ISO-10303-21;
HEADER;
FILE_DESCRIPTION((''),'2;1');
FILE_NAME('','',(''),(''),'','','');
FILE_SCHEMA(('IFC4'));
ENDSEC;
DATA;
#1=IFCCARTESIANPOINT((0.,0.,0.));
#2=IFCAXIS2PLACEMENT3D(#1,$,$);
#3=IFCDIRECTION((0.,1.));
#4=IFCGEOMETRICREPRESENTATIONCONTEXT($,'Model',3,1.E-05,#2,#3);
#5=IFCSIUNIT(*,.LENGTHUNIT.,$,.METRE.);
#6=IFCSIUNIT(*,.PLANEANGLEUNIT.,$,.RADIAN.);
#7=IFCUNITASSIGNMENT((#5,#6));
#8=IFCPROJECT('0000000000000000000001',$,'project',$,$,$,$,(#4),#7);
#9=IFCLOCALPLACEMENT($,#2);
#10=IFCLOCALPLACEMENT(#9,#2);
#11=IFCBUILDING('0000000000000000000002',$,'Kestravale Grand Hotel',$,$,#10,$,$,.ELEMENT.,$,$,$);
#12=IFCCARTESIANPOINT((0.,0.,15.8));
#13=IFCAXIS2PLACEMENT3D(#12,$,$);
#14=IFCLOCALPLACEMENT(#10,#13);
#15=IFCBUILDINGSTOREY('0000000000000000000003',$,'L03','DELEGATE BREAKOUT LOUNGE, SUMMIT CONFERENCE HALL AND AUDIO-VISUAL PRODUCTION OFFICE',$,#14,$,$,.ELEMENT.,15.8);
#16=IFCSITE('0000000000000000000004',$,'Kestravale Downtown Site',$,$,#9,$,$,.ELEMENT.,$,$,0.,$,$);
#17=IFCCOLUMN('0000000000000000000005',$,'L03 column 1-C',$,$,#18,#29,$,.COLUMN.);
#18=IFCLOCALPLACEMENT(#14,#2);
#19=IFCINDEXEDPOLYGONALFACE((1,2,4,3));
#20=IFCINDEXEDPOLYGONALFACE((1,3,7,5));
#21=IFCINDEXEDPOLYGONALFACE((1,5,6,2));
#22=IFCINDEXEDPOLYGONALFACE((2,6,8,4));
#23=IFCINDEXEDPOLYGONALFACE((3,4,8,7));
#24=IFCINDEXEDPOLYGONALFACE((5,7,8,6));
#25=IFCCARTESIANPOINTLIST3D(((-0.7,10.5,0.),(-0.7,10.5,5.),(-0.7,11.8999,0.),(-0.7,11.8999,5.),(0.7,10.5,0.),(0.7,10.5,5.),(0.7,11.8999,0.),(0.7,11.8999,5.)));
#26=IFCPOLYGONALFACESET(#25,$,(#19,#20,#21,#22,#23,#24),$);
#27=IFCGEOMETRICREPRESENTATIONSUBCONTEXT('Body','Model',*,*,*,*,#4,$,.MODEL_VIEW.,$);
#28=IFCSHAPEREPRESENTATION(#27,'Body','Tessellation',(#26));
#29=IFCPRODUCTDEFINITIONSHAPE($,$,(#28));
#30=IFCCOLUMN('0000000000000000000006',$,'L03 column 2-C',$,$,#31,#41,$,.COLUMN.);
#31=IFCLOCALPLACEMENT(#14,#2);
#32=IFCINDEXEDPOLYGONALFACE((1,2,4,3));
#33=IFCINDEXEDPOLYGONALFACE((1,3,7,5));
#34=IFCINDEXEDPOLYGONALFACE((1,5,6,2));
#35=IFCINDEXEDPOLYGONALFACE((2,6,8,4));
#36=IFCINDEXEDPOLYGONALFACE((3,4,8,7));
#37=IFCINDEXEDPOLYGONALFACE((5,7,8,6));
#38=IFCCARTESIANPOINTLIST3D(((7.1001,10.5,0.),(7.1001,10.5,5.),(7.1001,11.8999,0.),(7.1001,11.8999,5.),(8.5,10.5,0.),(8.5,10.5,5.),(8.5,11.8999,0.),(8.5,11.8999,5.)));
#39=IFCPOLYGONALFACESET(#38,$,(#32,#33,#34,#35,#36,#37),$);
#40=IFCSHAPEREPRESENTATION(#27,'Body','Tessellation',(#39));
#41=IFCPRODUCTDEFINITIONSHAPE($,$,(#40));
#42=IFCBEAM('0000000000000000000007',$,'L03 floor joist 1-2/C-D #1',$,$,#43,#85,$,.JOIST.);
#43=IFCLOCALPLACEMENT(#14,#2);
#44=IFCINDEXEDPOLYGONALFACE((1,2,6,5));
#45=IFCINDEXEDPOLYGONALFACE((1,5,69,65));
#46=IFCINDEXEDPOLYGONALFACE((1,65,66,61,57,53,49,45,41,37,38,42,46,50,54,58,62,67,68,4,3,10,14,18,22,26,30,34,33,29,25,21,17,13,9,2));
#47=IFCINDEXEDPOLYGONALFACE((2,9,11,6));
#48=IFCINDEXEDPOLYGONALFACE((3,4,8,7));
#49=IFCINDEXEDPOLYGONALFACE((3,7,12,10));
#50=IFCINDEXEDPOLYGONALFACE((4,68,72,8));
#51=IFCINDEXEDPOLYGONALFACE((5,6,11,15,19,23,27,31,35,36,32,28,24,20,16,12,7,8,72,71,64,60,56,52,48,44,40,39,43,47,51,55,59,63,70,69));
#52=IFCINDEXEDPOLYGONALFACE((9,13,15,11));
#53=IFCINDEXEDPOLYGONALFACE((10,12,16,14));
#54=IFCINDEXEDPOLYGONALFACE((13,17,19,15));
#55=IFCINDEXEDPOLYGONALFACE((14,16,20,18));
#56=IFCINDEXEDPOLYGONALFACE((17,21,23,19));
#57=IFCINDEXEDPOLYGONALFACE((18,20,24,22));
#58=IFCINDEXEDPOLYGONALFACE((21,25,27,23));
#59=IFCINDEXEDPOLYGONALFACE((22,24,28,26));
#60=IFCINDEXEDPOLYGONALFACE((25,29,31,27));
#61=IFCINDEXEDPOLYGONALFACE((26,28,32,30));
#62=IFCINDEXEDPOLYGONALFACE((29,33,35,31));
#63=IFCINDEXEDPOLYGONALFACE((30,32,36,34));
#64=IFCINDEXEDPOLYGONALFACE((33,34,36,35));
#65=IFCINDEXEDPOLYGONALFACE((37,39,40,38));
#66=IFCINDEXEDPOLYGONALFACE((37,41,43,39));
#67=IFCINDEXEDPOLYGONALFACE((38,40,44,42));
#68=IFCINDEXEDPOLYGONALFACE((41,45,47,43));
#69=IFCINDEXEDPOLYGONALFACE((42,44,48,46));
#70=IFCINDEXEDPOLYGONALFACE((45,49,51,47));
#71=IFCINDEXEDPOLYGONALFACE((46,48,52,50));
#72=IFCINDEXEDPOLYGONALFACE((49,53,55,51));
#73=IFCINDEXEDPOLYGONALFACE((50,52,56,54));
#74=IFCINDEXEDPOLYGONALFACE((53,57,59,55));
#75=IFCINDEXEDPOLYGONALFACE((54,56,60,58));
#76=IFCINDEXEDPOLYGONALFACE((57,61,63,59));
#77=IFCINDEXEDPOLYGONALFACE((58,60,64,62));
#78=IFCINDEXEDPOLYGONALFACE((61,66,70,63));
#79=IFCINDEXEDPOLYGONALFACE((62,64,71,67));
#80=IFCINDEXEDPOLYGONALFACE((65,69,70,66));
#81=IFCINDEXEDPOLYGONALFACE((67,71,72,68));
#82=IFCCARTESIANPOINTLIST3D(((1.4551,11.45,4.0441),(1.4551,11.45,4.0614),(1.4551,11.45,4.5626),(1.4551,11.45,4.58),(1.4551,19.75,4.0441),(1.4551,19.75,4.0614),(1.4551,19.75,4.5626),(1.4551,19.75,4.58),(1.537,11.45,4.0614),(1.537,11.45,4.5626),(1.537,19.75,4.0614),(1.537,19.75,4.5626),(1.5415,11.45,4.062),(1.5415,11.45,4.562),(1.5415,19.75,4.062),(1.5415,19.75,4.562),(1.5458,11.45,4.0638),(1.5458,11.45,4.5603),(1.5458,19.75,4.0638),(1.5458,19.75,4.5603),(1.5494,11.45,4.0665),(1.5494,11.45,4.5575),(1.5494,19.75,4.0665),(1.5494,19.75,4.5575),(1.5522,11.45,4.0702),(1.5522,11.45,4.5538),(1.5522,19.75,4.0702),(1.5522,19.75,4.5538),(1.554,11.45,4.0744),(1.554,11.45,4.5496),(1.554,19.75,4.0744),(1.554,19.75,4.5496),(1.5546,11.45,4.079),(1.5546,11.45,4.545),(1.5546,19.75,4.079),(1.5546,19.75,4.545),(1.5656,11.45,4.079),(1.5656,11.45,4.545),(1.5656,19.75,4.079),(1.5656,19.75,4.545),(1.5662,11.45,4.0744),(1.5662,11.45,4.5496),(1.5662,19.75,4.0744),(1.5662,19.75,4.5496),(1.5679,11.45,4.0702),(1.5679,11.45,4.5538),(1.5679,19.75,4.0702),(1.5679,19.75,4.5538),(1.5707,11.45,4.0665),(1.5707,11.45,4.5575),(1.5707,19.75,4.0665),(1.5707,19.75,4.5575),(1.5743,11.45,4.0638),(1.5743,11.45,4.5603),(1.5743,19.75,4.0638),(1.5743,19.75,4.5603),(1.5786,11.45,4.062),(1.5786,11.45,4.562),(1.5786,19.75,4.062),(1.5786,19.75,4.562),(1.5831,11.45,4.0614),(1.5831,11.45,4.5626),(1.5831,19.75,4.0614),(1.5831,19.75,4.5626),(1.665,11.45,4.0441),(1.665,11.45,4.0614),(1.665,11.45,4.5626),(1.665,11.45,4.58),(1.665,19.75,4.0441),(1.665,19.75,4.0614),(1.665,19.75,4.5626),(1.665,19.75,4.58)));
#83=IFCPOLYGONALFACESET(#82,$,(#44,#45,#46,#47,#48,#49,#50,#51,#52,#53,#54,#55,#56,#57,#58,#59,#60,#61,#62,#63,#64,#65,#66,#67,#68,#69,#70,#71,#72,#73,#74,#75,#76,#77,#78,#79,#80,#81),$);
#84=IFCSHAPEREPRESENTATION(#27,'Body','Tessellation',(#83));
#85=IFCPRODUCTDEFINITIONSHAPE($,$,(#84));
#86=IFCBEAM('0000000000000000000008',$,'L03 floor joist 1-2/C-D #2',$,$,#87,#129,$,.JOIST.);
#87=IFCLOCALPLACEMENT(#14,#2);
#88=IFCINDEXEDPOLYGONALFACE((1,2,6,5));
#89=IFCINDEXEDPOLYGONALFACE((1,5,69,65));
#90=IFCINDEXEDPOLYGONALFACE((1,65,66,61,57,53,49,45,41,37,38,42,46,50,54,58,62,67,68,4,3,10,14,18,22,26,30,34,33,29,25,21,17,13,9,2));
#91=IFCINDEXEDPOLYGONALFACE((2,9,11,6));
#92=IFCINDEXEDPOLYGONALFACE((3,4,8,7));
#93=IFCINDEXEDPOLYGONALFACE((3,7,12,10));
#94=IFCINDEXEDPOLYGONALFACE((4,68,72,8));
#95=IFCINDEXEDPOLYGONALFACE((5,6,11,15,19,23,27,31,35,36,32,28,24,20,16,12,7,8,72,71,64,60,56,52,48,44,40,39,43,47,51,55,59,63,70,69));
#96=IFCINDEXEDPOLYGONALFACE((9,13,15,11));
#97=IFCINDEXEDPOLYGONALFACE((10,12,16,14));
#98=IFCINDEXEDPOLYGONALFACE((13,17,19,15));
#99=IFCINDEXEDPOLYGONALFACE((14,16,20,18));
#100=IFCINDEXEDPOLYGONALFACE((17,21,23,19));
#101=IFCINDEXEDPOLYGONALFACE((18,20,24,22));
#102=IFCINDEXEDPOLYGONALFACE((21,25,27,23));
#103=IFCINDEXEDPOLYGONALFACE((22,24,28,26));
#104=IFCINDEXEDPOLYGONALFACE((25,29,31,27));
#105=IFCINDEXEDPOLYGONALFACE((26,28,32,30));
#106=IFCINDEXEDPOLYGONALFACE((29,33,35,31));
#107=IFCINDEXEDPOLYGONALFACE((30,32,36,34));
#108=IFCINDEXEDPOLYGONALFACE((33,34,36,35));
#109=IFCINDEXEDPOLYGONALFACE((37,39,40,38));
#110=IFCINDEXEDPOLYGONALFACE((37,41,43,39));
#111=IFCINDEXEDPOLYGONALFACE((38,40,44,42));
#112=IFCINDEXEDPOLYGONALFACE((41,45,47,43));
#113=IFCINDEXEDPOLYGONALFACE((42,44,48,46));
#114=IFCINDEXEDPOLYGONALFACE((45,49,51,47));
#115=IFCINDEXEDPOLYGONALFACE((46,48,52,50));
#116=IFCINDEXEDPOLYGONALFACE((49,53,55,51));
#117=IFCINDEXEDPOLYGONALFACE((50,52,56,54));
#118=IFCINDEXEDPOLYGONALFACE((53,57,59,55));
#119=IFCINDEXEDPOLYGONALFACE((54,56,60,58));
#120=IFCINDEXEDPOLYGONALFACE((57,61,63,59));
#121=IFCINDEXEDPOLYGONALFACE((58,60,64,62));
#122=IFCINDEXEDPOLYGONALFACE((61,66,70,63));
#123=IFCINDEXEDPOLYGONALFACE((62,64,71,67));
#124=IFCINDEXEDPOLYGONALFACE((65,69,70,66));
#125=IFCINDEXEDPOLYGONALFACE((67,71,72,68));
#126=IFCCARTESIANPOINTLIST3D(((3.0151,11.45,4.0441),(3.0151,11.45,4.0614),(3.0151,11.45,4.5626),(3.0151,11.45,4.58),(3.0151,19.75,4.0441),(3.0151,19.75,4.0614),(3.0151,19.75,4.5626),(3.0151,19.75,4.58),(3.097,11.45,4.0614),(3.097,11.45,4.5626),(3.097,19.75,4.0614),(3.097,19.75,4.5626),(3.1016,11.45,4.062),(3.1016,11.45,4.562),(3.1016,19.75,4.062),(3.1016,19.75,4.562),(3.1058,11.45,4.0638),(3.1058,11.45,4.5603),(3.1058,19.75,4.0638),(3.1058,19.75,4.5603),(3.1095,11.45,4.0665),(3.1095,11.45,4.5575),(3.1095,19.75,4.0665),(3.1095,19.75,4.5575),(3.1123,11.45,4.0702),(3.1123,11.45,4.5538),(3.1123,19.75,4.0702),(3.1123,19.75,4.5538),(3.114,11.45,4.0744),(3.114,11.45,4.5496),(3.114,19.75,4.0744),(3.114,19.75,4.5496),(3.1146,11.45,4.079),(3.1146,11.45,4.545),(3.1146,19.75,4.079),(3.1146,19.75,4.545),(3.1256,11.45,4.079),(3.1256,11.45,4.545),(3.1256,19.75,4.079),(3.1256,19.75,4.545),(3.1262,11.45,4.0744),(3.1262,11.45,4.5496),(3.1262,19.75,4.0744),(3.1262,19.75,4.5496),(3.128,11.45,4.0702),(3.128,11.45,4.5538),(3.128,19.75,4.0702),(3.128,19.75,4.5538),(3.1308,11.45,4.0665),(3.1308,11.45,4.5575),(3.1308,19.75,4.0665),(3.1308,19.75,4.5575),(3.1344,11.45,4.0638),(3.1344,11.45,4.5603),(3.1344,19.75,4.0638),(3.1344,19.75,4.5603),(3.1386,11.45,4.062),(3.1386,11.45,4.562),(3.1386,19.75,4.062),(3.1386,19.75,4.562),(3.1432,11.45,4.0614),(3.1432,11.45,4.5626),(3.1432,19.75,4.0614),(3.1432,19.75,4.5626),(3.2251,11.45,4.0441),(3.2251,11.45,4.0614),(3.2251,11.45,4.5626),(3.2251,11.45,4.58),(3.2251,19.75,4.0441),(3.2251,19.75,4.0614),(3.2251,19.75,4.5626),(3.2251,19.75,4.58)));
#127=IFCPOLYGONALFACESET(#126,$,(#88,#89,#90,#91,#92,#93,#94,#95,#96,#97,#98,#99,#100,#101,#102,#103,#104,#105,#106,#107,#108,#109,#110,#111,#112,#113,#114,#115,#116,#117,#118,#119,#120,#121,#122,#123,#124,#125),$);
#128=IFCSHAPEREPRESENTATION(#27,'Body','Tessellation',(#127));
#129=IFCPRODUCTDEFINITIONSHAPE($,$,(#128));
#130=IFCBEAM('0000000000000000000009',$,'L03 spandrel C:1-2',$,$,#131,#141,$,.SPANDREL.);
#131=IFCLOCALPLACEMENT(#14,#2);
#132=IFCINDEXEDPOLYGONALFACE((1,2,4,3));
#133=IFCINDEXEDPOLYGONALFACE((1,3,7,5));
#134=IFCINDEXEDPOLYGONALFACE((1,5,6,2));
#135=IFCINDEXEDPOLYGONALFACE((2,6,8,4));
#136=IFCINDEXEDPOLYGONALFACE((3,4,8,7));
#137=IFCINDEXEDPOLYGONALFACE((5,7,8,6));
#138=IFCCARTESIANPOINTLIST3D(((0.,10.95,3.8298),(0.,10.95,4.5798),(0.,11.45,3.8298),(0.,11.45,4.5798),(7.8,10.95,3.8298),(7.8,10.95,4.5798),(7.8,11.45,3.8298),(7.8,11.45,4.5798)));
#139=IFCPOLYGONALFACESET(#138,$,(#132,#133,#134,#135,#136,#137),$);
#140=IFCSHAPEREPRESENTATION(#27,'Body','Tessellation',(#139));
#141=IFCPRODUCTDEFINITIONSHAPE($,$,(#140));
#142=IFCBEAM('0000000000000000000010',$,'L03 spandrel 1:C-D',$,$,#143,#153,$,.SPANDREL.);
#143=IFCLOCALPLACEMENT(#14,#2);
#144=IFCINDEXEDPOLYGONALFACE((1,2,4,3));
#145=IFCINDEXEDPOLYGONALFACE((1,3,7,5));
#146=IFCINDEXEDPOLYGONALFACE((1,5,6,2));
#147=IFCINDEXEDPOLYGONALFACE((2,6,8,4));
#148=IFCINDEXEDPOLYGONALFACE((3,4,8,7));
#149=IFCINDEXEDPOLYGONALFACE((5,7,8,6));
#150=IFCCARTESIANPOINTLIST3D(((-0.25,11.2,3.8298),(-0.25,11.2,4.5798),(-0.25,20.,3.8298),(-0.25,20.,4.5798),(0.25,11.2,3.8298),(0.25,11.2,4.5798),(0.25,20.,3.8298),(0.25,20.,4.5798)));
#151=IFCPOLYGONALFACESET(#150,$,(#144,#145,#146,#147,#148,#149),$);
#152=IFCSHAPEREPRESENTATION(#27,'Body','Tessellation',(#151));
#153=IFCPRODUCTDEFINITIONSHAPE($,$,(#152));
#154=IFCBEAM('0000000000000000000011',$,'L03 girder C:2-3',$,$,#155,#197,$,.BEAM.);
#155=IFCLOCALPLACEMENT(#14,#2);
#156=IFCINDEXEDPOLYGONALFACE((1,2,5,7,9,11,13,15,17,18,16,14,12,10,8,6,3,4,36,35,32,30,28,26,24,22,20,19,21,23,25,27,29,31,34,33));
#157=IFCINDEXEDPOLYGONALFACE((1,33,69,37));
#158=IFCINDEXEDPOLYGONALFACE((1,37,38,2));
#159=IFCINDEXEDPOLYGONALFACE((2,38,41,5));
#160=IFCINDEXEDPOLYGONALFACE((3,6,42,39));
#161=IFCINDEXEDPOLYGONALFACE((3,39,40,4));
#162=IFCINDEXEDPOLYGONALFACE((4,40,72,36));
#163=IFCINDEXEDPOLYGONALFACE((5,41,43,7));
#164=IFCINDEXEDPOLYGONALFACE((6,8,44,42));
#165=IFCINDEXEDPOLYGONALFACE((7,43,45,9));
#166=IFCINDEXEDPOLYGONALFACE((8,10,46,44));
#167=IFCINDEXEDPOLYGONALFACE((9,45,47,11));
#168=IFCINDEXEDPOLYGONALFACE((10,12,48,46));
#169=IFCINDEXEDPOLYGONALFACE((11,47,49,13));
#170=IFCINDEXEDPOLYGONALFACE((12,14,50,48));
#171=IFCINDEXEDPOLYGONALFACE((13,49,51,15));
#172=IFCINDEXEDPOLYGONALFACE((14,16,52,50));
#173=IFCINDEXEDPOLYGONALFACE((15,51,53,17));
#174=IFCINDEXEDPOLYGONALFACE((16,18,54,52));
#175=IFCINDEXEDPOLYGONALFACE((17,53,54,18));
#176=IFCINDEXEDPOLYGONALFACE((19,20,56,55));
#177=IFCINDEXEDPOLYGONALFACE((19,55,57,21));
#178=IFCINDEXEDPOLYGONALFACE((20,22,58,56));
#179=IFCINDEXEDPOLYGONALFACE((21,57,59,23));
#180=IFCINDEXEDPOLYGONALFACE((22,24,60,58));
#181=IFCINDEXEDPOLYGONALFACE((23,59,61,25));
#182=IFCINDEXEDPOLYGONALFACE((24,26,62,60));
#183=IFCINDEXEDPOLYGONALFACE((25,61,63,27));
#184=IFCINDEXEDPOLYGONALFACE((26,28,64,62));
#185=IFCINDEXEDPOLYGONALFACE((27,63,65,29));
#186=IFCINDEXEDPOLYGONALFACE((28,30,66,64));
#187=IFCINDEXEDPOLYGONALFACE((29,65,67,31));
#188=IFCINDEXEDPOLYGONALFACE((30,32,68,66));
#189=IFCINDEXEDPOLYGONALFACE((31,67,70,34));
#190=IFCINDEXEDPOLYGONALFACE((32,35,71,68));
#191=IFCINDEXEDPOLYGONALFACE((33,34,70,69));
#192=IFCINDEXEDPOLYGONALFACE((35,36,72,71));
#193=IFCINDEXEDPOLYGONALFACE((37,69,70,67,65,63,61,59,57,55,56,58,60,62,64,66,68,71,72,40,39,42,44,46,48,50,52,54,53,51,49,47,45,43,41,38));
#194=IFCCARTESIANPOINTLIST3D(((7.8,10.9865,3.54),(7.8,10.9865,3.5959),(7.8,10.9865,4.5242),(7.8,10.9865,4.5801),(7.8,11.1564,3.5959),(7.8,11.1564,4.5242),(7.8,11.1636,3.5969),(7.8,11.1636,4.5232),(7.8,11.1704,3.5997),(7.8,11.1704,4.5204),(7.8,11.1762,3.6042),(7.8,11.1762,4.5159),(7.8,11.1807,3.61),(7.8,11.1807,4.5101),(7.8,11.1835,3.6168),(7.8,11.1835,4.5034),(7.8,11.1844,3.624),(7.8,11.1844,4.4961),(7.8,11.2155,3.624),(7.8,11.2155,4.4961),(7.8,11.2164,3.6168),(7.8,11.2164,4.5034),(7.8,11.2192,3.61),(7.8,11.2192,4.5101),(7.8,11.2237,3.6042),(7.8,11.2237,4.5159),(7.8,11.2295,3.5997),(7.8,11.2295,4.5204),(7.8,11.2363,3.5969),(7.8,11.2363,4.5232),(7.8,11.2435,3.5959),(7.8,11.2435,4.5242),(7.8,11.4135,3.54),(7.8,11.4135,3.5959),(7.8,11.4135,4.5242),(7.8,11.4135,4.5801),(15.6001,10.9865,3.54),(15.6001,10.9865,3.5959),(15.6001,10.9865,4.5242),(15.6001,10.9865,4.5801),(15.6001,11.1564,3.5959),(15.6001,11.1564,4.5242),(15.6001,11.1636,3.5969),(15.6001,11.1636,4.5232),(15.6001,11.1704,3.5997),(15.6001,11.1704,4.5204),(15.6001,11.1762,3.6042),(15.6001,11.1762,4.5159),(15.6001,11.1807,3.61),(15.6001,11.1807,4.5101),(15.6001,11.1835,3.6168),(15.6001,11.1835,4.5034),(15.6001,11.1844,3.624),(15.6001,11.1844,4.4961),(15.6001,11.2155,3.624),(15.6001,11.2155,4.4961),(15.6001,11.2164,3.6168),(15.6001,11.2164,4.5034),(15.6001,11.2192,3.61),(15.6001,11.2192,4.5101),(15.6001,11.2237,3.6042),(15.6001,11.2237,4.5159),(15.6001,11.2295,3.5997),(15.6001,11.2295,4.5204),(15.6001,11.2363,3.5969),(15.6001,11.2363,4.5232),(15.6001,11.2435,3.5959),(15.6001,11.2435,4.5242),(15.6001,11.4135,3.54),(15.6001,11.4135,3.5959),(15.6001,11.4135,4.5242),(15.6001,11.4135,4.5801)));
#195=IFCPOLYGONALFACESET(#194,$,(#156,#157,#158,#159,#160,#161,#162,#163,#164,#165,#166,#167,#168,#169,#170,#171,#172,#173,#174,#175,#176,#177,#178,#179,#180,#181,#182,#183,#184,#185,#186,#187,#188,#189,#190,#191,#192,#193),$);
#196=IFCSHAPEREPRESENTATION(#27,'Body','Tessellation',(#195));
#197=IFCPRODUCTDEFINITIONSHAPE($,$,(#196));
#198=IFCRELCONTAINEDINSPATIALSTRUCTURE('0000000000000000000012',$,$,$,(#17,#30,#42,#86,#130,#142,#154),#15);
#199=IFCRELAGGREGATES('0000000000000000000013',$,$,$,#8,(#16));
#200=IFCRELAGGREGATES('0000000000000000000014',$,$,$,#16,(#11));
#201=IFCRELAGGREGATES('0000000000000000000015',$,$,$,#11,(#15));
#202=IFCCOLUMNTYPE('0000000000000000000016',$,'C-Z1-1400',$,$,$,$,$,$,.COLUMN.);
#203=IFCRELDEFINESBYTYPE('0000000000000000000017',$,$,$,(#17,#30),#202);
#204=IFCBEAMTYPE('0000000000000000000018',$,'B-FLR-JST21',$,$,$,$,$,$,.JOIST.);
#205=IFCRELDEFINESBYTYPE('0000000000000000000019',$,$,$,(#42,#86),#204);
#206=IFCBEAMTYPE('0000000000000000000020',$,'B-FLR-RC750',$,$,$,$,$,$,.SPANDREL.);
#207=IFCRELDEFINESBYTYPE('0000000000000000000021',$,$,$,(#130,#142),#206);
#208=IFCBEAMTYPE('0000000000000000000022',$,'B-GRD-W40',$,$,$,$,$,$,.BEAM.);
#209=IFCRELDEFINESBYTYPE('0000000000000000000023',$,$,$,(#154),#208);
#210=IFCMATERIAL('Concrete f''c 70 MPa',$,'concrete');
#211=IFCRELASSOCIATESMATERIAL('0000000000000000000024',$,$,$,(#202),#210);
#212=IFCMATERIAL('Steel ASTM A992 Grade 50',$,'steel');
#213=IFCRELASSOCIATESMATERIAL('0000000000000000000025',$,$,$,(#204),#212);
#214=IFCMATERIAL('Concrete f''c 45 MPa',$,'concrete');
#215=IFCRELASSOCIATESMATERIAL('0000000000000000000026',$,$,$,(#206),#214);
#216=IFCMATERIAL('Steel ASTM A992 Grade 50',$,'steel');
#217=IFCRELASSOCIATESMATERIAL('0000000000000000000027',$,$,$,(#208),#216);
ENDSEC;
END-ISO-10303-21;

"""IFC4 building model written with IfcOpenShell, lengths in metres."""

from ifc_helpers import new_model, si_unit, direction, frame, origin, origin_2d, place, context, subcontext, project, spatial, rectangle, i_section, extrude, material, material_profile, profile_set, type_object, element, save


model = new_model("IFC4")

# Units and contexts
model_context = context("Model", 3, precision=1e-05, world=origin(), true_north=direction((0.0, 1.0)))
body_context = subcontext(model_context, "Body", "Model", "MODEL_VIEW")
ifc_project = project(units=[si_unit("LENGTHUNIT", "METRE"), si_unit("PLANEANGLEUNIT", "RADIAN")], contexts=[model_context])

# Site, building, storey
site_placement = place(None, origin())
site = spatial("IfcSite", under=ifc_project, at=site_placement, Name="Kestravale Downtown Site", CompositionType="ELEMENT", RefElevation=0.0)
building_placement = place(site_placement, origin())
building = spatial("IfcBuilding", under=site, at=building_placement, Name="Kestravale Grand Hotel", CompositionType="ELEMENT")
storey_placement = place(building_placement, frame((0.0, 0.0, 15.8)))
storey = spatial("IfcBuildingStorey", under=building, at=storey_placement, Name="L03", Description="DELEGATE BREAKOUT LOUNGE, SUMMIT CONFERENCE HALL AND AUDIO-VISUAL PRODUCTION OFFICE", CompositionType="ELEMENT", Elevation=15.8)

# Columns
ifc_material_1 = material(Name="Concrete f'c 70 MPa", Category="concrete")
ifc_material_profile_1 = material_profile(ifc_material_1, rectangle(XDim=1.3999, YDim=1.3999, at=origin_2d()))
ifc_profile_set_1 = profile_set([ifc_material_profile_1], Name="Concrete f'c 70 MPa")
column_type = type_object("IfcColumnType", Name="C-Z1-1400", PredefinedType="COLUMN", material=ifc_profile_set_1)
for number, where, z_axis, x_axis, name in (
    (1, (0.0, 11.2, 0.0), (0.0, 0.0, 1.0), (1.0, 0.0, 0.0), "L03 column 1-C"),
    (2, (7.8, 11.2, 0.0), (0.0, 0.0, 1.0), (1.0, 0.0, 0.0), "L03 column 2-C"),
):
    element("IfcColumn", number, at=place(storey_placement, frame(where, z_axis=z_axis, x_axis=x_axis)), inside=storey, type_object=column_type, Name=name, PredefinedType="COLUMN", context=body_context, shape_type="SweptSolid", body=[
        extrude(rectangle(XDim=1.3999, YDim=1.3999, at=origin_2d()), origin(), (0.0, 0.0, 1.0), 5.0),
    ])

# Beams
ifc_material_2 = material(Name="Steel ASTM A992 Grade 50", Category="steel")
ifc_material_profile_2 = material_profile(ifc_material_2, i_section(OverallWidth=0.21, OverallDepth=0.5359, WebThickness=0.011, FlangeThickness=0.0173, FilletRadius=0.0176, at=origin_2d()))
ifc_profile_set_2 = profile_set([ifc_material_profile_2], Name="Steel ASTM A992 Grade 50")
beam_type_1 = type_object("IfcBeamType", Name="B-FLR-JST21", PredefinedType="JOIST", material=ifc_profile_set_2)
for number, where, z_axis, x_axis, name in (
    (3, (1.5601, 11.45, 4.312), (0.0, 1.0, 0.0), (-1.0, 0.0, 0.0), "L03 floor joist 1-2/C-D #1"),
    (4, (3.1201, 11.45, 4.312), (0.0, 1.0, 0.0), (-1.0, 0.0, 0.0), "L03 floor joist 1-2/C-D #2"),
):
    element("IfcBeam", number, at=place(storey_placement, frame(where, z_axis=z_axis, x_axis=x_axis)), inside=storey, type_object=beam_type_1, Name=name, PredefinedType="JOIST", context=body_context, shape_type="SweptSolid", body=[
        extrude(i_section(OverallWidth=0.21, OverallDepth=0.5359, WebThickness=0.011, FlangeThickness=0.0173, FilletRadius=0.0176, at=origin_2d()), origin(), (0.0, 0.0, 1.0), 8.3),
    ])
ifc_material_3 = material(Name="Concrete f'c 45 MPa", Category="concrete")
ifc_material_profile_3 = material_profile(ifc_material_3, rectangle(XDim=0.5, YDim=0.75, at=origin_2d()))
ifc_profile_set_3 = profile_set([ifc_material_profile_3], Name="Concrete f'c 45 MPa")
beam_type_2 = type_object("IfcBeamType", Name="B-FLR-RC750", PredefinedType="SPANDREL", material=ifc_profile_set_3)
beam_1_placement = place(storey_placement, frame((0.0, 11.2, 4.2048), z_axis=(1.0, 0.0, 0.0), x_axis=(0.0, 1.0, 0.0)))
element("IfcBeam", 5, at=beam_1_placement, inside=storey, type_object=beam_type_2, Name="L03 spandrel C:1-2", PredefinedType="SPANDREL", context=body_context, shape_type="SweptSolid", body=[
    extrude(rectangle(XDim=0.5, YDim=0.75, at=origin_2d()), origin(), (0.0, 0.0, 1.0), 7.8),
])
beam_2_placement = place(storey_placement, frame((0.0, 11.2, 4.2048), z_axis=(0.0, 1.0, 0.0), x_axis=(-1.0, 0.0, 0.0)))
element("IfcBeam", 6, at=beam_2_placement, inside=storey, type_object=beam_type_2, Name="L03 spandrel 1:C-D", PredefinedType="SPANDREL", context=body_context, shape_type="SweptSolid", body=[
    extrude(rectangle(XDim=0.5, YDim=0.75, at=origin_2d()), origin(), (0.0, 0.0, 1.0), 8.8),
])
ifc_material_4 = material(Name="Steel ASTM A992 Grade 50", Category="steel")
ifc_material_profile_4 = material_profile(ifc_material_4, i_section(OverallWidth=0.427, OverallDepth=1.04, WebThickness=0.031, FlangeThickness=0.0559, FilletRadius=0.0281, at=origin_2d()))
ifc_profile_set_4 = profile_set([ifc_material_profile_4], Name="Steel ASTM A992 Grade 50")
beam_type_3 = type_object("IfcBeamType", Name="B-GRD-W40", PredefinedType="BEAM", material=ifc_profile_set_4)
beam_3_placement = place(storey_placement, frame((7.8, 11.2, 4.0601), z_axis=(1.0, 0.0, 0.0), x_axis=(0.0, 1.0, 0.0)))
element("IfcBeam", 7, at=beam_3_placement, inside=storey, type_object=beam_type_3, Name="L03 girder C:2-3", PredefinedType="BEAM", context=body_context, shape_type="SweptSolid", body=[
    extrude(i_section(OverallWidth=0.427, OverallDepth=1.04, WebThickness=0.031, FlangeThickness=0.0559, FilletRadius=0.0281, at=origin_2d()), origin(), (0.0, 0.0, 1.0), 7.8),
])

save(model, "model.ifc")
